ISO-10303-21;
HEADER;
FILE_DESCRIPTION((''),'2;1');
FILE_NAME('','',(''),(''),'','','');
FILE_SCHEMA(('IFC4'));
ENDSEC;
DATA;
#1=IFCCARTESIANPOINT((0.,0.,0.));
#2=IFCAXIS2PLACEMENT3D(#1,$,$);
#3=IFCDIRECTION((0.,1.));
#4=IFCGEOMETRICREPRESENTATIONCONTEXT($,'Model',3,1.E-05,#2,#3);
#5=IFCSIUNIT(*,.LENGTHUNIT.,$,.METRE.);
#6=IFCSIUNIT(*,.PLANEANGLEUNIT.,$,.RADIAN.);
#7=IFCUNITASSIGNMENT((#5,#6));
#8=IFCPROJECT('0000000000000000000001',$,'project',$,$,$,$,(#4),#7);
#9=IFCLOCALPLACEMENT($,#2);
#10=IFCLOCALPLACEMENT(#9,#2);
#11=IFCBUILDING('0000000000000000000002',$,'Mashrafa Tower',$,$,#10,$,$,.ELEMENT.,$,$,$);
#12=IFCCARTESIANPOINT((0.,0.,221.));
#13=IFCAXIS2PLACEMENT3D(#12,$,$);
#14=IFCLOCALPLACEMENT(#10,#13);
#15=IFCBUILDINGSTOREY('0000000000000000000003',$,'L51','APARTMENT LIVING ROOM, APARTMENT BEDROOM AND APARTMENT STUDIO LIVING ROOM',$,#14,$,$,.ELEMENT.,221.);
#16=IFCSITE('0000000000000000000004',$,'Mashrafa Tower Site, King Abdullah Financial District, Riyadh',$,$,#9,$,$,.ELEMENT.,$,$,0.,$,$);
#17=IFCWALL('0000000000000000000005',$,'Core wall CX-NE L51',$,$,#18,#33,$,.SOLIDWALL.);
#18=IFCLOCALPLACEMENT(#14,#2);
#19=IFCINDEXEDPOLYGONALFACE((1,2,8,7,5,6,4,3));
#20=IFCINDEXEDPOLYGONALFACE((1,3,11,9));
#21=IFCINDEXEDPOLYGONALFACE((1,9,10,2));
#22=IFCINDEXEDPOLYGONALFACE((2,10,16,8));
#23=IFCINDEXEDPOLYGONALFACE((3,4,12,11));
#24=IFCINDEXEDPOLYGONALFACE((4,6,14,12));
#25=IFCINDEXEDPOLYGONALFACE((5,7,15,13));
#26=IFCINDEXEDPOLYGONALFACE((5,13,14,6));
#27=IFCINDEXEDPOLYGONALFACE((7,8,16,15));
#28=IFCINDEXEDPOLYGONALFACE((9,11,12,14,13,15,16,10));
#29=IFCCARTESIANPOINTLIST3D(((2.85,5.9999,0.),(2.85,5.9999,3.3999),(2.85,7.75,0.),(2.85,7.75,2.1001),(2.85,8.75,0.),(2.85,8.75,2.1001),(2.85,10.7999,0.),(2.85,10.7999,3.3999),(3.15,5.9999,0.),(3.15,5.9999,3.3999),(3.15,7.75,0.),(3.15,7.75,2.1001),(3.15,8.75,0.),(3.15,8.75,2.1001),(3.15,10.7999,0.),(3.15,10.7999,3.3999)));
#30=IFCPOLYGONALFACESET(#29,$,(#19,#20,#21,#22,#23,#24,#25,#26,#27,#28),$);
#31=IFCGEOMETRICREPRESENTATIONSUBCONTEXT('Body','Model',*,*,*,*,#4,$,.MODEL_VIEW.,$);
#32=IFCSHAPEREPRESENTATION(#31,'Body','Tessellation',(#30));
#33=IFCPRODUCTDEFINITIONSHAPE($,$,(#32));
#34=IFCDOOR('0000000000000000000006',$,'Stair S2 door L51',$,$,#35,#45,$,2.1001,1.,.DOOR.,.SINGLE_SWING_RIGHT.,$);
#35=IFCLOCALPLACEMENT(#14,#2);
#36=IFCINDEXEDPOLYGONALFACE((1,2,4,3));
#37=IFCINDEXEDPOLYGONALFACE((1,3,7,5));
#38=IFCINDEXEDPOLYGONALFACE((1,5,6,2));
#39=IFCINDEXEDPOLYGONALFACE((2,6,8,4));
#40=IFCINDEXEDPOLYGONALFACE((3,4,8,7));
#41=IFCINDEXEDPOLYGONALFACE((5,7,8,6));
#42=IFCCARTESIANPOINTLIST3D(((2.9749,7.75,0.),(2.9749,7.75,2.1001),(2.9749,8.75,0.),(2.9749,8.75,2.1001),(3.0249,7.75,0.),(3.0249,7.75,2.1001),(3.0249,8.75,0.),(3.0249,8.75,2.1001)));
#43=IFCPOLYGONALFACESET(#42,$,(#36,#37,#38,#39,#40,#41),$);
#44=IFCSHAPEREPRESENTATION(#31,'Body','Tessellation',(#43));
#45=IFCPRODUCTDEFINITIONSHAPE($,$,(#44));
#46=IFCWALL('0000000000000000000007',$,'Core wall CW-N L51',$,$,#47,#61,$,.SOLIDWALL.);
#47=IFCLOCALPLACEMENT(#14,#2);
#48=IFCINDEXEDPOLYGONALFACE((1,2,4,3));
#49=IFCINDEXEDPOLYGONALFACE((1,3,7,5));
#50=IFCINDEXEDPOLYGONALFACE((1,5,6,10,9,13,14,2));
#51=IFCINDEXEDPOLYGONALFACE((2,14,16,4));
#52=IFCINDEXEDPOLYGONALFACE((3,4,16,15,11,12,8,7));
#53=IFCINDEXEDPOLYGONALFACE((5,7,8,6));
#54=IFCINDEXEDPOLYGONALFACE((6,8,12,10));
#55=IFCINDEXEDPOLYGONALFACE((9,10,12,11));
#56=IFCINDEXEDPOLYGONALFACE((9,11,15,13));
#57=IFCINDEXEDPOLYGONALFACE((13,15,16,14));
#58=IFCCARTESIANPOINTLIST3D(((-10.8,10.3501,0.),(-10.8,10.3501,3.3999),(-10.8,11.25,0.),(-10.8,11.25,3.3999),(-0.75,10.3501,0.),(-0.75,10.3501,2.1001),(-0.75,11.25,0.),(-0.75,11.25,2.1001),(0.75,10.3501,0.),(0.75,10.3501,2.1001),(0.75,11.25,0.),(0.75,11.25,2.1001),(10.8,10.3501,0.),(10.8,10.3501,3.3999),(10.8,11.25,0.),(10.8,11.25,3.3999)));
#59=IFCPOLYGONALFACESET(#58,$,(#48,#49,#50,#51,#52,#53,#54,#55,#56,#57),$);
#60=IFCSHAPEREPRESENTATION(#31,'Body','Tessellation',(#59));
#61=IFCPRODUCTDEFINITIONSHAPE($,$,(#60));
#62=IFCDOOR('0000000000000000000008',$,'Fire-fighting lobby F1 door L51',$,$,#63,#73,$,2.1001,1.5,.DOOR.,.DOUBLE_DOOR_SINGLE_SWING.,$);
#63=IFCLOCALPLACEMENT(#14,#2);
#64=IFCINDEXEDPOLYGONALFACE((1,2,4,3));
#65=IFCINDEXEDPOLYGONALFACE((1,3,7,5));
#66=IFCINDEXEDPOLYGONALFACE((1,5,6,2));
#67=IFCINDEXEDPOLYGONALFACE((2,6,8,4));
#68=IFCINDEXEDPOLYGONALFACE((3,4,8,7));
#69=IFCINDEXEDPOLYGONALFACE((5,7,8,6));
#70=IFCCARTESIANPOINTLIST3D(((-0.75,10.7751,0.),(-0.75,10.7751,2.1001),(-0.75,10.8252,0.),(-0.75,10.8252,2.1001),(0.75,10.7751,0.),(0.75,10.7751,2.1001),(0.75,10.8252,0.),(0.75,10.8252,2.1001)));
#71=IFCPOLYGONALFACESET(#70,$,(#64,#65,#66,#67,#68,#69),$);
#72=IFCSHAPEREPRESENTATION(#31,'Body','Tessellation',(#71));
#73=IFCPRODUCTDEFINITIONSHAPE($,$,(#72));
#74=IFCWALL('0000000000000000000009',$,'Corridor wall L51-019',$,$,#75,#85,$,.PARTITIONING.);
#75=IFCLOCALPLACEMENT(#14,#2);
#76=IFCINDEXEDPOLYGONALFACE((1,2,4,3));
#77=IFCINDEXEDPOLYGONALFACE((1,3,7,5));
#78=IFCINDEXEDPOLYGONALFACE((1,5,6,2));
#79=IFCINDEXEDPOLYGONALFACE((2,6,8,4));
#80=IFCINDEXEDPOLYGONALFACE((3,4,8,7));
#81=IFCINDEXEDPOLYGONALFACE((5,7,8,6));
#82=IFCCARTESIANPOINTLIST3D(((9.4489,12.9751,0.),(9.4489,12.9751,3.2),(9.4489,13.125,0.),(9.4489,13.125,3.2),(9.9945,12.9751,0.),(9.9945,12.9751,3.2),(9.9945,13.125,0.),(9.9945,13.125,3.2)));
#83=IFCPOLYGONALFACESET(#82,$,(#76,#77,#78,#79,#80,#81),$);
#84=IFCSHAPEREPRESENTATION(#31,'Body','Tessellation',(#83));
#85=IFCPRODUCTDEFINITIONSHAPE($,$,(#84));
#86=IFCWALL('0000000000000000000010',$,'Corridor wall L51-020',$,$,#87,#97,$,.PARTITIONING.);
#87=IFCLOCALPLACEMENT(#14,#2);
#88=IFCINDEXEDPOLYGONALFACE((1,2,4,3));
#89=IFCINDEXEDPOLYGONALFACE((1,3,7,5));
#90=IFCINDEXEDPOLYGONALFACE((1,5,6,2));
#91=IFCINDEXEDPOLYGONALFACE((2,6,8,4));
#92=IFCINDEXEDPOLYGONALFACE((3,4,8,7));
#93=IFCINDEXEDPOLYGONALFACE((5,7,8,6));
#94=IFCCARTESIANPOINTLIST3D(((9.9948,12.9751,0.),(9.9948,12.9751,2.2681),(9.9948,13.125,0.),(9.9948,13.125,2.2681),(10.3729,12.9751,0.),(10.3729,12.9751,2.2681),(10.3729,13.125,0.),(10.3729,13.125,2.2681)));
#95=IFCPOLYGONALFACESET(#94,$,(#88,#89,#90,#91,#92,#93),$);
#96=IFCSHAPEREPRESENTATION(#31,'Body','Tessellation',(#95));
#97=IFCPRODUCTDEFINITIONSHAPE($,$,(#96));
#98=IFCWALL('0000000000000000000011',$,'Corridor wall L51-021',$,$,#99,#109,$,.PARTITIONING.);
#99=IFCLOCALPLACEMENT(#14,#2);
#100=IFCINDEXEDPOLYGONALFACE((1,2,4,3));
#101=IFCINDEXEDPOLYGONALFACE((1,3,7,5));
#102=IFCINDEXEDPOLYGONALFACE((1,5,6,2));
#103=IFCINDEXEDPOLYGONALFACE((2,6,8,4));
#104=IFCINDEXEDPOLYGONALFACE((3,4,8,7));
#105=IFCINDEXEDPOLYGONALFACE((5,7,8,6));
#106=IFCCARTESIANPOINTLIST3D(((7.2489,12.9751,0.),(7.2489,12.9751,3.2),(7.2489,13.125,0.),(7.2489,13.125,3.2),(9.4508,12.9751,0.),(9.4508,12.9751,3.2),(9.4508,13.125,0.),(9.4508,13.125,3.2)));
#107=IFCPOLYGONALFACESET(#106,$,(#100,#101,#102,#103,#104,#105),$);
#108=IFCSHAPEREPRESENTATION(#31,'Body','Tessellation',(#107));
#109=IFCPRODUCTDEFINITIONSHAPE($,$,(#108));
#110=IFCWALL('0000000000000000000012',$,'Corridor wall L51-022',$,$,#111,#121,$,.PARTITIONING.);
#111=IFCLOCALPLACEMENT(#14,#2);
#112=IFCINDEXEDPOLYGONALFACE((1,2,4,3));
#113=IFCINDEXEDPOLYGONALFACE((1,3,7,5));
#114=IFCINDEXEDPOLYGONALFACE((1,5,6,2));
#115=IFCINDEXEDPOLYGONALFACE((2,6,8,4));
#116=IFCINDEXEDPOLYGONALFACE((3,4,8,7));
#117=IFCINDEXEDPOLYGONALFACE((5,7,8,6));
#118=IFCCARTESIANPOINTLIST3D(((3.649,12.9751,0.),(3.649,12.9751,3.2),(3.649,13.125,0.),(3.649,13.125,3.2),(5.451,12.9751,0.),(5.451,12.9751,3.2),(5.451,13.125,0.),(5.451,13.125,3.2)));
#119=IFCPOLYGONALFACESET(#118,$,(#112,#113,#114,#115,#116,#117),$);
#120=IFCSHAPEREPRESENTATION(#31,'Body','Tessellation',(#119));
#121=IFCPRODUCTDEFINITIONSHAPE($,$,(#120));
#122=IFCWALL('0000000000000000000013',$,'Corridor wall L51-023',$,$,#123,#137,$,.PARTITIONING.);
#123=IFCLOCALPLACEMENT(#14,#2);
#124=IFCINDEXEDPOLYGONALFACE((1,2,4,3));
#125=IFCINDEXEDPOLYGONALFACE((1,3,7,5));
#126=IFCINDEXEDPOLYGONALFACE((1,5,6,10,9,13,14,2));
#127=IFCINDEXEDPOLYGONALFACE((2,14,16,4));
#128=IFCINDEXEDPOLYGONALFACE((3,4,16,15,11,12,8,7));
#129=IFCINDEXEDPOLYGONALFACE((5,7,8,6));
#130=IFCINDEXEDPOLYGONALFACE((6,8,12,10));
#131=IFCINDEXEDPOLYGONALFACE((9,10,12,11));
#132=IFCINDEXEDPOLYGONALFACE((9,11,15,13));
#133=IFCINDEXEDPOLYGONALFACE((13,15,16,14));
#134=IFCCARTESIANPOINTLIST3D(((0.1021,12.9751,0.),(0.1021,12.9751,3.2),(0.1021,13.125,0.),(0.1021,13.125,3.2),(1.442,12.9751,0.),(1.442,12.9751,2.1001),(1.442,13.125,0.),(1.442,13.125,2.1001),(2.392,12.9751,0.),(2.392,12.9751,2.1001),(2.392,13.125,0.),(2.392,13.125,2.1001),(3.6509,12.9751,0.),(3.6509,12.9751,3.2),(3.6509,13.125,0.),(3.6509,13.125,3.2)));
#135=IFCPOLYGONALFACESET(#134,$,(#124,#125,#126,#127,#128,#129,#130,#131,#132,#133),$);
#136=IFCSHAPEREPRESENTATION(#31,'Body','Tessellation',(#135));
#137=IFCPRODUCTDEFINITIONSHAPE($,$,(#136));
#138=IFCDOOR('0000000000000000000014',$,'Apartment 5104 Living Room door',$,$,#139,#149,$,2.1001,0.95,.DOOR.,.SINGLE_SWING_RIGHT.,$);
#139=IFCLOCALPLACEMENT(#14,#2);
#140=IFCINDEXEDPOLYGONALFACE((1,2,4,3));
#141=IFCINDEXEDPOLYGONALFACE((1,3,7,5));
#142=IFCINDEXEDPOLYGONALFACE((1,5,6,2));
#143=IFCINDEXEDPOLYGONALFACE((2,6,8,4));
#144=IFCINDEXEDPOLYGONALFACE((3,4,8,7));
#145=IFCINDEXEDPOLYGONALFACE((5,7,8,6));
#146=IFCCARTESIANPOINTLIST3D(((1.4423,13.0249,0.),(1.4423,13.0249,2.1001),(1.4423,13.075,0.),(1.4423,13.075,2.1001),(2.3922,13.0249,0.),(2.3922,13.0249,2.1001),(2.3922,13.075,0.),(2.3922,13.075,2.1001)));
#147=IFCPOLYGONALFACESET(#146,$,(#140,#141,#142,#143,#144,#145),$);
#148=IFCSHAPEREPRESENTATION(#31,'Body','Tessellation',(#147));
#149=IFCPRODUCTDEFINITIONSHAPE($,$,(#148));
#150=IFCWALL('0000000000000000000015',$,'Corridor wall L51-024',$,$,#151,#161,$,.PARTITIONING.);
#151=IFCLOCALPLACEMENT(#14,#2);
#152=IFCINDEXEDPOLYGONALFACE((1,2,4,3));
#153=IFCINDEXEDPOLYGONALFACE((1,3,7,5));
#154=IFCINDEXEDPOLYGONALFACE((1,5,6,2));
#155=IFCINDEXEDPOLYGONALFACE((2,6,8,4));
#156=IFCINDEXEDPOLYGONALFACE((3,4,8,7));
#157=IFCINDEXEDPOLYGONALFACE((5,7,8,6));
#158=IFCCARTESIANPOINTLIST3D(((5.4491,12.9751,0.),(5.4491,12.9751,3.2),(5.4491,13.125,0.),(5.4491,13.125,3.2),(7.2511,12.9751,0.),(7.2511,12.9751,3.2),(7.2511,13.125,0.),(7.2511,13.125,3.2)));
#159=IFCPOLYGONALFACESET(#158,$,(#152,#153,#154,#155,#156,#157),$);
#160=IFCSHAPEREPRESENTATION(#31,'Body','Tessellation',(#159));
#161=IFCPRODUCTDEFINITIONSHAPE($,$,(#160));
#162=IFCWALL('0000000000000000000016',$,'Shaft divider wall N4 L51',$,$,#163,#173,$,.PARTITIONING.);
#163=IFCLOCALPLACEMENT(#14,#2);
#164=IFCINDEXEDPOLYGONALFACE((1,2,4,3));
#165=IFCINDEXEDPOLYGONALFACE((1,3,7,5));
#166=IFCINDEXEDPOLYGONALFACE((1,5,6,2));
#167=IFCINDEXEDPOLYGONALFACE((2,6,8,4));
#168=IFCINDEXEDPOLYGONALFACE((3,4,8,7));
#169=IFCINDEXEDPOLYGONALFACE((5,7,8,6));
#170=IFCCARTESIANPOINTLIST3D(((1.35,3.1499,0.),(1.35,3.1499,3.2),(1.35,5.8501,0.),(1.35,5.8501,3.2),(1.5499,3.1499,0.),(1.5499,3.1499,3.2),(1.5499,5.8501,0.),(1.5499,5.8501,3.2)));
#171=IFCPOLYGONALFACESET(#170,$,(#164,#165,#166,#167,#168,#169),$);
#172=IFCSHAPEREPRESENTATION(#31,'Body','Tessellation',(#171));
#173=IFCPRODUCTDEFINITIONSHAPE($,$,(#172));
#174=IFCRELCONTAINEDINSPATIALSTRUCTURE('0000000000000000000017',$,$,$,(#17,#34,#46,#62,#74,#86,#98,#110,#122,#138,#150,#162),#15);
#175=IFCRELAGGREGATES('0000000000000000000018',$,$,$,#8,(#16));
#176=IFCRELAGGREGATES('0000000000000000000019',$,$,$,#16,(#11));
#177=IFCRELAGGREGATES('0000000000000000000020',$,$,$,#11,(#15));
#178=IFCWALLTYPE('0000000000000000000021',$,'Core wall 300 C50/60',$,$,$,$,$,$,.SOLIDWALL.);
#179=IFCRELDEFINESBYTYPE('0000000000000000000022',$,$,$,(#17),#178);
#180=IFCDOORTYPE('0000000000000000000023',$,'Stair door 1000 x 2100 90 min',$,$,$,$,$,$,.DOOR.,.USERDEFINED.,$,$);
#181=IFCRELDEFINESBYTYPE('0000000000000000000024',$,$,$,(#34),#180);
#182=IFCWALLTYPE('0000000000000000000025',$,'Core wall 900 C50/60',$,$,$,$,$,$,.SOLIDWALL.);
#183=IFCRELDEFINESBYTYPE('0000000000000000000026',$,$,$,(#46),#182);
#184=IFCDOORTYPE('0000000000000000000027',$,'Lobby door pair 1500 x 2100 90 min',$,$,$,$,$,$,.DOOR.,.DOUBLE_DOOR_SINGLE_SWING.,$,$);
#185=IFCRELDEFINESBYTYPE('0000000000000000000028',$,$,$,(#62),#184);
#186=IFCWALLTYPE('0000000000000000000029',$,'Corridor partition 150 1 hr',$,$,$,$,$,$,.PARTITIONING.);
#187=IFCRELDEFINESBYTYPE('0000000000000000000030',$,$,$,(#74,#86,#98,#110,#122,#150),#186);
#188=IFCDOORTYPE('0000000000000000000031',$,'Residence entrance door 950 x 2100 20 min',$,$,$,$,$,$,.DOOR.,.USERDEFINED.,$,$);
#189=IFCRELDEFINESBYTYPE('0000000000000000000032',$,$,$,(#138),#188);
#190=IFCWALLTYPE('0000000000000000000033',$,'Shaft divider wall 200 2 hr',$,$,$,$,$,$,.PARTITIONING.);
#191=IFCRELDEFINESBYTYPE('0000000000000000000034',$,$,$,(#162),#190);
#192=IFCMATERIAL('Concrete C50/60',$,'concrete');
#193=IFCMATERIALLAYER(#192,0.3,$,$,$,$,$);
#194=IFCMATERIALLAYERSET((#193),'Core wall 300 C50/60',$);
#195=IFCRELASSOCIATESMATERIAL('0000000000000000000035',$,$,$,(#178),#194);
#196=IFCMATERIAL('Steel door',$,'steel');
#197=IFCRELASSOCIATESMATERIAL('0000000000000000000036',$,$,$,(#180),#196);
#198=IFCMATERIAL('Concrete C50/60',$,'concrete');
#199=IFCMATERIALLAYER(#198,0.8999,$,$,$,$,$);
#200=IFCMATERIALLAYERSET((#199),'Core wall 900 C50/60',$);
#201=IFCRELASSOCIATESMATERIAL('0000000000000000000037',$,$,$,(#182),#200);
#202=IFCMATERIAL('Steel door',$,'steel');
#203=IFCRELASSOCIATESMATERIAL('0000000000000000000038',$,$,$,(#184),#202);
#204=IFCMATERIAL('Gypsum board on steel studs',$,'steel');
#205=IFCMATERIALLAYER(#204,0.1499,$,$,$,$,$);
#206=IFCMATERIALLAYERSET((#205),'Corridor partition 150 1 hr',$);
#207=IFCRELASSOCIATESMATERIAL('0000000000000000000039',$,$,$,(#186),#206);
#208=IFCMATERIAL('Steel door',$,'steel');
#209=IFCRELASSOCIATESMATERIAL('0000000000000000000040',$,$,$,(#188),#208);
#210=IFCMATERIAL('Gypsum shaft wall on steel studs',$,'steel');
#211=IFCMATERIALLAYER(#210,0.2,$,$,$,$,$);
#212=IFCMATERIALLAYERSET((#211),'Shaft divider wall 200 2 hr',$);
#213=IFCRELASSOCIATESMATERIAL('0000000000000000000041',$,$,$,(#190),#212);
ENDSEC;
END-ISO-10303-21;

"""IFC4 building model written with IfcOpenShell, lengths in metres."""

from ifc_helpers import new_model, si_unit, direction, frame, frame_2d, origin, place, context, subcontext, project, spatial, rectangle, extrude, material, layer, layer_set, type_object, element, fill, save


model = new_model("IFC4")

# Units and contexts
model_context = context("Model", 3, precision=1e-05, world=origin(), true_north=direction((0.0, 1.0)))
body_context = subcontext(model_context, "Body", "Model", "MODEL_VIEW")
ifc_project = project(units=[si_unit("LENGTHUNIT", "METRE"), si_unit("PLANEANGLEUNIT", "RADIAN")], contexts=[model_context])

# Site, building, storey
site_placement = place(None, origin())
site = spatial("IfcSite", under=ifc_project, at=site_placement, Name="Mashrafa Tower Site, King Abdullah Financial District, Riyadh", CompositionType="ELEMENT", RefElevation=0.0)
building_placement = place(site_placement, origin())
building = spatial("IfcBuilding", under=site, at=building_placement, Name="Mashrafa Tower", CompositionType="ELEMENT")
storey_placement = place(building_placement, frame((0.0, 0.0, 221.0)))
storey = spatial("IfcBuildingStorey", under=building, at=storey_placement, Name="L51", Description="APARTMENT LIVING ROOM, APARTMENT BEDROOM AND APARTMENT STUDIO LIVING ROOM", CompositionType="ELEMENT", Elevation=221.0)

# Walls, openings, doors
ifc_material_1 = material(Name="Concrete C50/60", Category="concrete")
ifc_layer_1 = layer(ifc_material_1, 0.3)
ifc_layer_set_1 = layer_set([ifc_layer_1], Name="Core wall 300 C50/60")
wall_type_1 = type_object("IfcWallType", Name="Core wall 300 C50/60", PredefinedType="SOLIDWALL", material=ifc_layer_set_1)
wall_1_placement = place(storey_placement, frame((3.0, 6.0, 0.0), z_axis=(0.0, 0.0, 1.0), x_axis=(0.0, 1.0, 0.0)))
wall_1 = element("IfcWall", 1, at=wall_1_placement, inside=storey, type_object=wall_type_1, Name="Core wall CX-NE L51", PredefinedType="SOLIDWALL", context=body_context, shape_type="SweptSolid", body=[
    extrude(rectangle(XDim=4.8, YDim=0.3, at=frame_2d((2.3999, 0.0))), origin(), (0.0, 0.0, 1.0), 3.3999),
])
opening_1_placement = place(wall_1_placement, frame((1.75, 0.0, 0.0)))
opening_1 = element("IfcOpeningElement", 2, at=opening_1_placement, cuts=wall_1, PredefinedType="OPENING", context=body_context, shape_type="SweptSolid", body=[
    extrude(rectangle(XDim=1.0, YDim=2.1001, at=frame_2d((0.5, 1.05))), frame((0.0, 0.1599, 0.0), z_axis=(0.0, -1.0, 0.0), x_axis=(1.0, 0.0, 0.0)), (0.0, 0.0, 1.0), 0.3201),
])
ifc_material_2 = material(Name="Steel door", Category="steel")
door_type_1 = type_object("IfcDoorType", Name="Stair door 1000 x 2100 90 min", OperationType="USERDEFINED", PredefinedType="DOOR", material=ifc_material_2)
door_1_placement = place(opening_1_placement, frame((1.0, 0.0, 0.0), z_axis=(0.0, 0.0, 1.0), x_axis=(-1.0, 0.0, 0.0)))
door_1 = element("IfcDoor", 3, at=door_1_placement, inside=storey, type_object=door_type_1, Name="Stair S2 door L51", OperationType="SINGLE_SWING_RIGHT", OverallHeight=2.1001, OverallWidth=1.0, PredefinedType="DOOR", context=body_context, shape_type="SweptSolid", body=[
    extrude(rectangle(XDim=1.0, YDim=2.1001, at=frame_2d((0.5, 1.05))), frame((0.0, 0.0249, 0.0), z_axis=(0.0, -1.0, 0.0), x_axis=(1.0, 0.0, 0.0)), (0.0, 0.0, 1.0), 0.05),
])
fill(opening_1, door_1)
ifc_material_3 = material(Name="Concrete C50/60", Category="concrete")
ifc_layer_2 = layer(ifc_material_3, 0.8999)
ifc_layer_set_2 = layer_set([ifc_layer_2], Name="Core wall 900 C50/60")
wall_type_2 = type_object("IfcWallType", Name="Core wall 900 C50/60", PredefinedType="SOLIDWALL", material=ifc_layer_set_2)
wall_2_placement = place(storey_placement, frame((10.8, 10.8, 0.0), z_axis=(0.0, 0.0, 1.0), x_axis=(-1.0, 0.0, 0.0)))
wall_2 = element("IfcWall", 4, at=wall_2_placement, inside=storey, type_object=wall_type_2, Name="Core wall CW-N L51", PredefinedType="SOLIDWALL", context=body_context, shape_type="SweptSolid", body=[
    extrude(rectangle(XDim=21.6001, YDim=0.8999, at=frame_2d((10.8, 0.0))), origin(), (0.0, 0.0, 1.0), 3.3999),
])
opening_2_placement = place(wall_2_placement, frame((10.05, 0.0, 0.0)))
opening_2 = element("IfcOpeningElement", 5, at=opening_2_placement, cuts=wall_2, PredefinedType="OPENING", context=body_context, shape_type="SweptSolid", body=[
    extrude(rectangle(XDim=1.5, YDim=2.1001, at=frame_2d((0.75, 1.05))), frame((0.0, 0.46, 0.0), z_axis=(0.0, -1.0, 0.0), x_axis=(1.0, 0.0, 0.0)), (0.0, 0.0, 1.0), 0.9199),
])
ifc_material_4 = material(Name="Steel door", Category="steel")
door_type_2 = type_object("IfcDoorType", Name="Lobby door pair 1500 x 2100 90 min", OperationType="DOUBLE_DOOR_SINGLE_SWING", PredefinedType="DOOR", material=ifc_material_4)
door_2_placement = place(opening_2_placement, origin())
door_2 = element("IfcDoor", 6, at=door_2_placement, inside=storey, type_object=door_type_2, Name="Fire-fighting lobby F1 door L51", OperationType="DOUBLE_DOOR_SINGLE_SWING", OverallHeight=2.1001, OverallWidth=1.5, PredefinedType="DOOR", context=body_context, shape_type="SweptSolid", body=[
    extrude(rectangle(XDim=1.5, YDim=2.1001, at=frame_2d((0.75, 1.05))), frame((0.0, 0.0249, 0.0), z_axis=(0.0, -1.0, 0.0), x_axis=(1.0, 0.0, 0.0)), (0.0, 0.0, 1.0), 0.05),
])
fill(opening_2, door_2)

# Walls
ifc_material_5 = material(Name="Gypsum board on steel studs", Category="steel")
ifc_layer_3 = layer(ifc_material_5, 0.1499)
ifc_layer_set_3 = layer_set([ifc_layer_3], Name="Corridor partition 150 1 hr")
wall_type_3 = type_object("IfcWallType", Name="Corridor partition 150 1 hr", PredefinedType="PARTITIONING", material=ifc_layer_set_3)
wall_3_placement = place(storey_placement, frame((9.9946, 13.05, 0.0), z_axis=(0.0, 0.0, 1.0), x_axis=(-1.0, 0.0, 0.0)))
element("IfcWall", 7, at=wall_3_placement, inside=storey, type_object=wall_type_3, Name="Corridor wall L51-019", PredefinedType="PARTITIONING", context=body_context, shape_type="SweptSolid", body=[
    extrude(rectangle(XDim=0.5457, YDim=0.1499, at=frame_2d((0.2729, 0.0))), origin(), (0.0, 0.0, 1.0), 3.2),
])
wall_4_placement = place(storey_placement, frame((10.3728, 13.05, 0.0), z_axis=(0.0, 0.0, 1.0), x_axis=(-1.0, 0.0, 0.0)))
element("IfcWall", 8, at=wall_4_placement, inside=storey, type_object=wall_type_3, Name="Corridor wall L51-020", PredefinedType="PARTITIONING", context=body_context, shape_type="SweptSolid", body=[
    extrude(rectangle(XDim=0.3782, YDim=0.1499, at=frame_2d((0.189, 0.0))), origin(), (0.0, 0.0, 1.0), 2.2681),
])
wall_5_placement = place(storey_placement, frame((9.4509, 13.05, 0.0), z_axis=(0.0, 0.0, 1.0), x_axis=(-1.0, 0.0, 0.0)))
element("IfcWall", 9, at=wall_5_placement, inside=storey, type_object=wall_type_3, Name="Corridor wall L51-021", PredefinedType="PARTITIONING", context=body_context, shape_type="SweptSolid", body=[
    extrude(rectangle(XDim=2.2019, YDim=0.1499, at=frame_2d((1.1011, 0.0))), origin(), (0.0, 0.0, 1.0), 3.2),
])
wall_6_placement = place(storey_placement, frame((5.4509, 13.05, 0.0), z_axis=(0.0, 0.0, 1.0), x_axis=(-1.0, 0.0, 0.0)))
element("IfcWall", 10, at=wall_6_placement, inside=storey, type_object=wall_type_3, Name="Corridor wall L51-022", PredefinedType="PARTITIONING", context=body_context, shape_type="SweptSolid", body=[
    extrude(rectangle(XDim=1.802, YDim=0.1499, at=frame_2d((0.9009, 0.0))), origin(), (0.0, 0.0, 1.0), 3.2),
])

# Wall, opening, door
wall_7_placement = place(storey_placement, frame((3.6509, 13.05, 0.0), z_axis=(0.0, 0.0, 1.0), x_axis=(-1.0, 0.0, 0.0)))
wall_7 = element("IfcWall", 11, at=wall_7_placement, inside=storey, type_object=wall_type_3, Name="Corridor wall L51-023", PredefinedType="PARTITIONING", context=body_context, shape_type="SweptSolid", body=[
    extrude(rectangle(XDim=3.5488, YDim=0.1499, at=frame_2d((1.7744, 0.0))), origin(), (0.0, 0.0, 1.0), 3.2),
])
opening_3_placement = place(wall_7_placement, frame((1.2588, 0.0, 0.0)))
opening_3 = element("IfcOpeningElement", 12, at=opening_3_placement, cuts=wall_7, PredefinedType="OPENING", context=body_context, shape_type="SweptSolid", body=[
    extrude(rectangle(XDim=0.95, YDim=2.1001, at=frame_2d((0.4751, 1.05))), frame((0.0, 0.085, 0.0), z_axis=(0.0, -1.0, 0.0), x_axis=(1.0, 0.0, 0.0)), (0.0, 0.0, 1.0), 0.1699),
])
ifc_material_6 = material(Name="Steel door", Category="steel")
door_type_3 = type_object("IfcDoorType", Name="Residence entrance door 950 x 2100 20 min", OperationType="USERDEFINED", PredefinedType="DOOR", material=ifc_material_6)
door_3_placement = place(opening_3_placement, frame((0.95, 0.0, 0.0), z_axis=(0.0, 0.0, 1.0), x_axis=(-1.0, 0.0, 0.0)))
door_3 = element("IfcDoor", 13, at=door_3_placement, inside=storey, type_object=door_type_3, Name="Apartment 5104 Living Room door", OperationType="SINGLE_SWING_RIGHT", OverallHeight=2.1001, OverallWidth=0.95, PredefinedType="DOOR", context=body_context, shape_type="SweptSolid", body=[
    extrude(rectangle(XDim=0.95, YDim=2.1001, at=frame_2d((0.4751, 1.05))), frame((0.0, 0.0249, 0.0), z_axis=(0.0, -1.0, 0.0), x_axis=(1.0, 0.0, 0.0)), (0.0, 0.0, 1.0), 0.05),
])
fill(opening_3, door_3)

# Walls
wall_8_placement = place(storey_placement, frame((7.251, 13.05, 0.0), z_axis=(0.0, 0.0, 1.0), x_axis=(-1.0, 0.0, 0.0)))
element("IfcWall", 14, at=wall_8_placement, inside=storey, type_object=wall_type_3, Name="Corridor wall L51-024", PredefinedType="PARTITIONING", context=body_context, shape_type="SweptSolid", body=[
    extrude(rectangle(XDim=1.802, YDim=0.1499, at=frame_2d((0.9009, 0.0))), origin(), (0.0, 0.0, 1.0), 3.2),
])
ifc_material_7 = material(Name="Gypsum shaft wall on steel studs", Category="steel")
ifc_layer_4 = layer(ifc_material_7, 0.2)
ifc_layer_set_4 = layer_set([ifc_layer_4], Name="Shaft divider wall 200 2 hr")
wall_type_4 = type_object("IfcWallType", Name="Shaft divider wall 200 2 hr", PredefinedType="PARTITIONING", material=ifc_layer_set_4)
for number, where, z_axis, x_axis, name in (
    (15, (1.45, 3.1499, 0.0), (0.0, 0.0, 1.0), (0.0, 1.0, 0.0), "Shaft divider wall N4 L51"),
):
    element("IfcWall", number, at=place(storey_placement, frame(where, z_axis=z_axis, x_axis=x_axis)), inside=storey, type_object=wall_type_4, Name=name, PredefinedType="PARTITIONING", context=body_context, shape_type="SweptSolid", body=[
        extrude(rectangle(XDim=2.7002, YDim=0.2, at=frame_2d((1.3501, 0.0))), origin(), (0.0, 0.0, 1.0), 3.2),
    ])

save(model, "model.ifc")
